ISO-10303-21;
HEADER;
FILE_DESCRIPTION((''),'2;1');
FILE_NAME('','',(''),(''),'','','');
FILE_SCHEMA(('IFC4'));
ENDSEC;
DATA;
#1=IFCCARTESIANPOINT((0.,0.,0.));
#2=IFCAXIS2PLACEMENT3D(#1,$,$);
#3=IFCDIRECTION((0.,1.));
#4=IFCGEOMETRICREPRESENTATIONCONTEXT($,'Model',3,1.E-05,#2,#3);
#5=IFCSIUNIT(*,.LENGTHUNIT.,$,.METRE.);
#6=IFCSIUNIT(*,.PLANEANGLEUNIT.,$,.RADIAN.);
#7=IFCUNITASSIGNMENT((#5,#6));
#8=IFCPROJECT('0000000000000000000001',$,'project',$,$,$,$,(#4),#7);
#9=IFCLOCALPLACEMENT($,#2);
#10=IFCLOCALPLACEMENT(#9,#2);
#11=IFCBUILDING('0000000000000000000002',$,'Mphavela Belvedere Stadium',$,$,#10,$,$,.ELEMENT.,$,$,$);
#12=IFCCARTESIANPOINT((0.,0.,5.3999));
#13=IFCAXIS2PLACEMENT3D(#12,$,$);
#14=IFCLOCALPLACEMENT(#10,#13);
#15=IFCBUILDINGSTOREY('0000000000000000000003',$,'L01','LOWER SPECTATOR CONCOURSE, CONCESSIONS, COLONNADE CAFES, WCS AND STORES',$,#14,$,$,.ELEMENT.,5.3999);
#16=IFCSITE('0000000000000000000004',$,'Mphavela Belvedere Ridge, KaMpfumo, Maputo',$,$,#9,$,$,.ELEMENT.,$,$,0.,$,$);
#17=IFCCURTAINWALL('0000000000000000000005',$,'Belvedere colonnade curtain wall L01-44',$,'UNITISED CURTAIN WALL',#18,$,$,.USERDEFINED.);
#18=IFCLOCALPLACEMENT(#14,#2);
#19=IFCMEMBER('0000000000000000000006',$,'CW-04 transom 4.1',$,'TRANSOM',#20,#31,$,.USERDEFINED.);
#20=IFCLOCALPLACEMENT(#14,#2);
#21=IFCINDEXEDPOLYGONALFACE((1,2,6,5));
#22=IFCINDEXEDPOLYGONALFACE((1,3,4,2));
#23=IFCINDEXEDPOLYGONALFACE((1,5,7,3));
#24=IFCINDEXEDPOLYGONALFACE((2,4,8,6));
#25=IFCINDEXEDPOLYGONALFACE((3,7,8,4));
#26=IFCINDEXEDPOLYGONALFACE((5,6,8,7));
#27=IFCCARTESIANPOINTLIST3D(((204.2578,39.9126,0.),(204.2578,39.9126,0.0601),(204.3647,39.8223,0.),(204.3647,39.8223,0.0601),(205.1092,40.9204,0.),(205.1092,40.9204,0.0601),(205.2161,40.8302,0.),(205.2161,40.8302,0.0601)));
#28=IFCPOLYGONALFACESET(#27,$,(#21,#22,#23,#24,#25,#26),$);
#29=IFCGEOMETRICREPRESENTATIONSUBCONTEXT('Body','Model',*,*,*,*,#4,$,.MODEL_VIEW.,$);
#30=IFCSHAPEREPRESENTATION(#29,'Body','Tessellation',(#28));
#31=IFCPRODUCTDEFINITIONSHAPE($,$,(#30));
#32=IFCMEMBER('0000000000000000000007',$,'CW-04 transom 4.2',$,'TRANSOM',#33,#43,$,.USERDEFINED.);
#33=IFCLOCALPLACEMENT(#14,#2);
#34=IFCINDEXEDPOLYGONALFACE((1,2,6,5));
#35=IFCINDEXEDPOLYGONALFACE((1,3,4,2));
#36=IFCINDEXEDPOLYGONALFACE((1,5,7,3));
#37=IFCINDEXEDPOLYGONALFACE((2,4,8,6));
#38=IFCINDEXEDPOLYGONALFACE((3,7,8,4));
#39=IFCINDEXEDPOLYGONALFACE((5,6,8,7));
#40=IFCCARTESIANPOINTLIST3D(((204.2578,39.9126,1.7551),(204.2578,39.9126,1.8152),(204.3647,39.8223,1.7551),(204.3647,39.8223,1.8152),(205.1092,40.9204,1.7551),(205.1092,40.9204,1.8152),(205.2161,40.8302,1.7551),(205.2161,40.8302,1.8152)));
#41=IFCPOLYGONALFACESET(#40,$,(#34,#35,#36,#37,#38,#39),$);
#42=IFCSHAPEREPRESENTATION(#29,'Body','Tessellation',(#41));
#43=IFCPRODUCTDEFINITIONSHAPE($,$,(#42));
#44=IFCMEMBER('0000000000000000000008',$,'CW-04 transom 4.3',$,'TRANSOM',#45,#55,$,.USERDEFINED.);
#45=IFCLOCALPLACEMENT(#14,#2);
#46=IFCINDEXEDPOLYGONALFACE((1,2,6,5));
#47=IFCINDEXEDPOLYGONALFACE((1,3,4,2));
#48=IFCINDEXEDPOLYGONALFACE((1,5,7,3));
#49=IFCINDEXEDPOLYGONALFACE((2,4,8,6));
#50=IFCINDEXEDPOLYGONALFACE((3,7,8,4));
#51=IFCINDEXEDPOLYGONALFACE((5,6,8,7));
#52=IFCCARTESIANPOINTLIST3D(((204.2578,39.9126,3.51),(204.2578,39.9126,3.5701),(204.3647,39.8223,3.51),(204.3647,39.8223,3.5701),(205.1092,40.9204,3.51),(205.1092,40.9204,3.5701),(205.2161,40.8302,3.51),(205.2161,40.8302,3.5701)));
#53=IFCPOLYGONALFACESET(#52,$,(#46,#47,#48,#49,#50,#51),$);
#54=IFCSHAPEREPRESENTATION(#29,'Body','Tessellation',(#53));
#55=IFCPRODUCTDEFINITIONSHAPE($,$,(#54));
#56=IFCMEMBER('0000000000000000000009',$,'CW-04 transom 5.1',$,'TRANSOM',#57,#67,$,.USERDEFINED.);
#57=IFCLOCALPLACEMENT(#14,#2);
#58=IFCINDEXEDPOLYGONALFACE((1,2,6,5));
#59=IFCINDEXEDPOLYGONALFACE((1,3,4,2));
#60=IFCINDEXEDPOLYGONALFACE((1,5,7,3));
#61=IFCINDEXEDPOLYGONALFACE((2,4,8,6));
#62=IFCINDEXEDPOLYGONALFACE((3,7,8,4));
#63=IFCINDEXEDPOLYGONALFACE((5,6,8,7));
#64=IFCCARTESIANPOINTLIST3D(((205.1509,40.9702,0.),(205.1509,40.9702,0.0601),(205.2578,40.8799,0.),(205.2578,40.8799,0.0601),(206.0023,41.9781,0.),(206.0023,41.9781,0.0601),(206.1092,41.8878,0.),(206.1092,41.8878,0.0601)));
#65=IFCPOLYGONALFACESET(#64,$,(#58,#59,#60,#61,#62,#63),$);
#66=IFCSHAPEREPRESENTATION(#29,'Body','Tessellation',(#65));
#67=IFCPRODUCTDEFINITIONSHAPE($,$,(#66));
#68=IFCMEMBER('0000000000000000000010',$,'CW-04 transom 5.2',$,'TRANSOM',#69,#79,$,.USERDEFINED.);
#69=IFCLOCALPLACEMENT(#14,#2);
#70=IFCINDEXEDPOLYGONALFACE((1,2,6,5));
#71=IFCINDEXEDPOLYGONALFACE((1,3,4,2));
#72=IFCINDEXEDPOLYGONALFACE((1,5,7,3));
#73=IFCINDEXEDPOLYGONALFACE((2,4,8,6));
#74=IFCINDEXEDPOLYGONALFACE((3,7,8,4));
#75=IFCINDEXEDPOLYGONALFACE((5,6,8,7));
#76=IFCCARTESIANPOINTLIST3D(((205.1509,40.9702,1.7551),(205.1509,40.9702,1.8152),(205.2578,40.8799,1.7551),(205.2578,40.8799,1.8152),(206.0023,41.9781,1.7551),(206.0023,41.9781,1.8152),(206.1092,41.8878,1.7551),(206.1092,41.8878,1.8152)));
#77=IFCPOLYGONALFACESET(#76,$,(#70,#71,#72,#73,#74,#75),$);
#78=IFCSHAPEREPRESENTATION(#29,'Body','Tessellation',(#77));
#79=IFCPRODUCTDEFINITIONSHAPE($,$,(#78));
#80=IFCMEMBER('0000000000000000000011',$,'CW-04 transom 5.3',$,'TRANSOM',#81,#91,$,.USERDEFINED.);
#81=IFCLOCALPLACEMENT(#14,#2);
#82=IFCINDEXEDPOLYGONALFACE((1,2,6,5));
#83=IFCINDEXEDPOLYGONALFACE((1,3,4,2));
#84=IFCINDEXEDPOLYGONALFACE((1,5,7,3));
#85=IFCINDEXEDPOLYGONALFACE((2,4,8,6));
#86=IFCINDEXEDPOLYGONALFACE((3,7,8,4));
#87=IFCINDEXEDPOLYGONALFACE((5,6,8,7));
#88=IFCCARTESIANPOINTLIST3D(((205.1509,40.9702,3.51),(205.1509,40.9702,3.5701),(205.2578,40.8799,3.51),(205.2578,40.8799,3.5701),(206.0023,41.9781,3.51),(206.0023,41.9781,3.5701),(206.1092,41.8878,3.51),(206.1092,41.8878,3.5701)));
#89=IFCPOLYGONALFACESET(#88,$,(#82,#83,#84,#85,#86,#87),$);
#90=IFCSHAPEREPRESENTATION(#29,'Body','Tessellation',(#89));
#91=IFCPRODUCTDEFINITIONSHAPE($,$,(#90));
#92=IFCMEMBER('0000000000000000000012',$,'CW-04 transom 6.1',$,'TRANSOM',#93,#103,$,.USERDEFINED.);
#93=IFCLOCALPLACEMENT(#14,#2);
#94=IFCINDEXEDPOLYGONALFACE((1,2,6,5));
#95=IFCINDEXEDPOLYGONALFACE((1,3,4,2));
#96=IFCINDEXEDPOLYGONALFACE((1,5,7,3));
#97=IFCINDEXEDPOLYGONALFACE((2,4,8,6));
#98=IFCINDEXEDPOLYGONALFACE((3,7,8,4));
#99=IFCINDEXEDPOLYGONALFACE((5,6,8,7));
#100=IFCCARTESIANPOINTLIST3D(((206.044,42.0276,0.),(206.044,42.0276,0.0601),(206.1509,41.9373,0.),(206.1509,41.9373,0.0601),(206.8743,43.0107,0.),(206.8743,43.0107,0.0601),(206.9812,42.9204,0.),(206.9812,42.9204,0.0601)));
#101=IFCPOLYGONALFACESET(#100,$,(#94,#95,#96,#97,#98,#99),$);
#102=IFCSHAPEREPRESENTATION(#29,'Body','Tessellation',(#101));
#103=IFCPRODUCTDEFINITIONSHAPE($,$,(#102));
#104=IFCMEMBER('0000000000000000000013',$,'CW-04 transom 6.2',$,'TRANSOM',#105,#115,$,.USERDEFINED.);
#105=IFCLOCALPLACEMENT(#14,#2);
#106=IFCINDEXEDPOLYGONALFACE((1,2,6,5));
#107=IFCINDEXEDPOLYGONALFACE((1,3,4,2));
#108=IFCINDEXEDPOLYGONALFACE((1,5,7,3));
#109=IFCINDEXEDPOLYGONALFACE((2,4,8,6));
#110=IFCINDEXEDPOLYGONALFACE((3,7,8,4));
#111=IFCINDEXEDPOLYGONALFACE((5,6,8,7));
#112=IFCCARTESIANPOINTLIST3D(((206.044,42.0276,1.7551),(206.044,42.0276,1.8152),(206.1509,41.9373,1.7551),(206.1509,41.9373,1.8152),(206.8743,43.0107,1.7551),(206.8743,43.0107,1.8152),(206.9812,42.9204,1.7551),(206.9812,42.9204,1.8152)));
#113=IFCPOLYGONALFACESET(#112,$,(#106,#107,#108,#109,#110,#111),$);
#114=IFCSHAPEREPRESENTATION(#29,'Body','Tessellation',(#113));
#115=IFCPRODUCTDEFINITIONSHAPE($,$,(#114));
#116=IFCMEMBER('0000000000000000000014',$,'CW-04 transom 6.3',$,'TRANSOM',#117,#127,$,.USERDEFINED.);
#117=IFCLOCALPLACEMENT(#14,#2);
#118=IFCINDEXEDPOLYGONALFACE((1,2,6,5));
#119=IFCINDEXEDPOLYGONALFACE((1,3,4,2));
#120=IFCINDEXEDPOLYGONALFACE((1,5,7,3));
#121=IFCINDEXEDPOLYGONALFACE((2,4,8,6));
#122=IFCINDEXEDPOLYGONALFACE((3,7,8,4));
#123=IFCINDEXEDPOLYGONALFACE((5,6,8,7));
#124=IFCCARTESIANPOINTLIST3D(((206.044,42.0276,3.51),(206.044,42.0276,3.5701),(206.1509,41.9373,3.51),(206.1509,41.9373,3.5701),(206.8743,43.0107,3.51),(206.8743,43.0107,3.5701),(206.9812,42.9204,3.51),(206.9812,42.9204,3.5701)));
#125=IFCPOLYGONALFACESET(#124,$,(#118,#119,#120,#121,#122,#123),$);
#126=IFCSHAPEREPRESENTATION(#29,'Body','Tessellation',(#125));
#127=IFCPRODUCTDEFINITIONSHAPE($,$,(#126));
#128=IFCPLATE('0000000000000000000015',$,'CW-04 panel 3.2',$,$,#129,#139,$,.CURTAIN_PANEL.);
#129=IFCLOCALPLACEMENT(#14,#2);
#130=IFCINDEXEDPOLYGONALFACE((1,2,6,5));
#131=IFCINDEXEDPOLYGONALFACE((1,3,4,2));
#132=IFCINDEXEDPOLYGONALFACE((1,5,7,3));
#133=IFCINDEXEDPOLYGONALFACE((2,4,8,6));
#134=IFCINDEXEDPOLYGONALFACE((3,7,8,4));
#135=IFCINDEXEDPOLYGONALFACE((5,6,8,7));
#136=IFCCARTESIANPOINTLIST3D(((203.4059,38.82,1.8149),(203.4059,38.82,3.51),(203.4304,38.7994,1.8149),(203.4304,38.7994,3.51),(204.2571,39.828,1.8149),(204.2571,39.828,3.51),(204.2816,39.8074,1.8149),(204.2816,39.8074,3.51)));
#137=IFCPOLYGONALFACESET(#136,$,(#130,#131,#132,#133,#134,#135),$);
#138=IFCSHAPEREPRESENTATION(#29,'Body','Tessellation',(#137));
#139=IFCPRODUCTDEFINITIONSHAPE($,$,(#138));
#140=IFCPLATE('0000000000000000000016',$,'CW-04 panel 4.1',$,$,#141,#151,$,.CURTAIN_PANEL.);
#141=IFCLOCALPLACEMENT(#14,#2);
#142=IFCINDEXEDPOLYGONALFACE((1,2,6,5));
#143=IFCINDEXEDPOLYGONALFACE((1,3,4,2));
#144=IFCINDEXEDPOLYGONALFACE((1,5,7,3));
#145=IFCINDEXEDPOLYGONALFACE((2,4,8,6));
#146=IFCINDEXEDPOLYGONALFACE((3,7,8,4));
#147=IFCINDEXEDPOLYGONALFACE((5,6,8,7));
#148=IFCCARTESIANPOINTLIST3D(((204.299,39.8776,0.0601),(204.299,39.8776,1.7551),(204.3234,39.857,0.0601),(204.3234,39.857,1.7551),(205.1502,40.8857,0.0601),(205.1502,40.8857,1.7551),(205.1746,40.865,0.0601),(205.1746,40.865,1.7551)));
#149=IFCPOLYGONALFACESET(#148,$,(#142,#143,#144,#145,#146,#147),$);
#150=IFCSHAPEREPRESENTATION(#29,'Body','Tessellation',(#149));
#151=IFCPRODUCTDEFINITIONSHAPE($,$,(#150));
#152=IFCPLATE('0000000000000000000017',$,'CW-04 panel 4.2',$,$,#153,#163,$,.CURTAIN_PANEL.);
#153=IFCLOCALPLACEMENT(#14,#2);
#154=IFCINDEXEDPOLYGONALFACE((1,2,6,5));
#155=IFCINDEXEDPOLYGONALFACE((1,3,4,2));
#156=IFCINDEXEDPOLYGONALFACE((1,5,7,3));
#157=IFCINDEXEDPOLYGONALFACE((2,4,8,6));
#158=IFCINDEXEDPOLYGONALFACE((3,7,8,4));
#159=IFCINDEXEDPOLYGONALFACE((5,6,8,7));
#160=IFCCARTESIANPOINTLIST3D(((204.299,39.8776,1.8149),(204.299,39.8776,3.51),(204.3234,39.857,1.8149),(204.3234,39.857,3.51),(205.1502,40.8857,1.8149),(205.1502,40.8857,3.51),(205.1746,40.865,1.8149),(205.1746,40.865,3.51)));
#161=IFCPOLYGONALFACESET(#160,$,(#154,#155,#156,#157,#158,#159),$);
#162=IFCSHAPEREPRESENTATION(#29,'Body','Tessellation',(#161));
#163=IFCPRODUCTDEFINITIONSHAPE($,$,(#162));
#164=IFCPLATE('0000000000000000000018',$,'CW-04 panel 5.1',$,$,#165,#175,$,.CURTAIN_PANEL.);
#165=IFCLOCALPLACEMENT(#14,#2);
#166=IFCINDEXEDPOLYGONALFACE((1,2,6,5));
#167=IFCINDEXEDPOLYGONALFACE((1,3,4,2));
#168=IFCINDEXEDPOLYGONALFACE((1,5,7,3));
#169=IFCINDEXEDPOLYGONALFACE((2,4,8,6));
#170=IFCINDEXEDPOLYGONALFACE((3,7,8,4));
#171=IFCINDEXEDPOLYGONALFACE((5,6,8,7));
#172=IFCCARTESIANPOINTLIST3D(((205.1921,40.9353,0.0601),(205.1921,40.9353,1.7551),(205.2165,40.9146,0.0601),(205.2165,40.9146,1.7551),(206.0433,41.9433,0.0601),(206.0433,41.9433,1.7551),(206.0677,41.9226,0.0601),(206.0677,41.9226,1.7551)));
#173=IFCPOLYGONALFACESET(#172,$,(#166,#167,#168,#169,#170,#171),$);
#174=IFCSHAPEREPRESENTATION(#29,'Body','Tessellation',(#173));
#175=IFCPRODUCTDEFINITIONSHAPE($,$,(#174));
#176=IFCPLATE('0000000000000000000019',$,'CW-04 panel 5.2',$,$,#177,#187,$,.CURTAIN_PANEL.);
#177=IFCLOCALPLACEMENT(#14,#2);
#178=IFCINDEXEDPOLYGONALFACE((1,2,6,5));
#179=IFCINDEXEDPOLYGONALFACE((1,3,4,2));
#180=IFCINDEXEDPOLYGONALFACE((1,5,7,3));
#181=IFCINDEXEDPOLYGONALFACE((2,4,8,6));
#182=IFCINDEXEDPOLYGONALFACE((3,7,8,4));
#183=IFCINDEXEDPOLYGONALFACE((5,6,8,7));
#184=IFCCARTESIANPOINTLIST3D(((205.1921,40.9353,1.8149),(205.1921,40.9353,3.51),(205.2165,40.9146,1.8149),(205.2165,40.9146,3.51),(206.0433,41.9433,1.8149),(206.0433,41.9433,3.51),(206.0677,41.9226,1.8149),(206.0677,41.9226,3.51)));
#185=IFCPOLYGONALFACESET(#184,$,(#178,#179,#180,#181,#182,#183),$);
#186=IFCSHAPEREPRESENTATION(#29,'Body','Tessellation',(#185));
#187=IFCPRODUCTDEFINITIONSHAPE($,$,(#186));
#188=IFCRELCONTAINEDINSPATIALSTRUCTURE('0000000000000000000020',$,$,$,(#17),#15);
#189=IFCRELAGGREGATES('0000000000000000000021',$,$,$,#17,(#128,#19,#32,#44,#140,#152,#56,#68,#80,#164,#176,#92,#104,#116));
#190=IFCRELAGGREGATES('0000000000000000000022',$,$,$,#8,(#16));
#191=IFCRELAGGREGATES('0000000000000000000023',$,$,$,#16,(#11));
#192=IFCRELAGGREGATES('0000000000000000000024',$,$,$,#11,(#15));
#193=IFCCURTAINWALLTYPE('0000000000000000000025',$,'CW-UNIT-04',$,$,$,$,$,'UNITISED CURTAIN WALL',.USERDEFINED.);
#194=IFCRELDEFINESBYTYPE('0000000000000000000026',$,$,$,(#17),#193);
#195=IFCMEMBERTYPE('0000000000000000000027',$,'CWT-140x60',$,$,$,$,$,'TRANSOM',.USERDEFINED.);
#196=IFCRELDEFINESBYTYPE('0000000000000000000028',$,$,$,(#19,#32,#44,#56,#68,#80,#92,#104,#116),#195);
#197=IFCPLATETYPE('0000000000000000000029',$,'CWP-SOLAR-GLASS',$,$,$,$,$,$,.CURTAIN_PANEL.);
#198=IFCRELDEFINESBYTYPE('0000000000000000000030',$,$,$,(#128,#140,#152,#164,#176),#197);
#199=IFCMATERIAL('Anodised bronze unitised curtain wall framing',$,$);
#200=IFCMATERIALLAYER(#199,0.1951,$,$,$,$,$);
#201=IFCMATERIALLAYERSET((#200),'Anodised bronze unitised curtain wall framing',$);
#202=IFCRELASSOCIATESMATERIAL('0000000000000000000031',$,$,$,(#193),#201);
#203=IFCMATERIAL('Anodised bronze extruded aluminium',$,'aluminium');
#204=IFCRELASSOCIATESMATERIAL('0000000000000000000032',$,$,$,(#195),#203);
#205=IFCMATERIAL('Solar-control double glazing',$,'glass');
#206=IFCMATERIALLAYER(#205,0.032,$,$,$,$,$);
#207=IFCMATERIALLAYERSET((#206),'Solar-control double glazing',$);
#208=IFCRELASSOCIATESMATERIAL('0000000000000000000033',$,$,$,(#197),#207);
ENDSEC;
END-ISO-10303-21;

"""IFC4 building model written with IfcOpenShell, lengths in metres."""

from ifc_helpers import new_model, si_unit, direction, frame, origin, origin_2d, place, context, subcontext, project, spatial, rectangle, extrude, material, layer, layer_set, material_profile, profile_set, type_object, element, aggregate, save


model = new_model("IFC4")

# Units and contexts
model_context = context("Model", 3, precision=1e-05, world=origin(), true_north=direction((0.0, 1.0)))
body_context = subcontext(model_context, "Body", "Model", "MODEL_VIEW")
ifc_project = project(units=[si_unit("LENGTHUNIT", "METRE"), si_unit("PLANEANGLEUNIT", "RADIAN")], contexts=[model_context])

# Site, building, storey
site_placement = place(None, origin())
site = spatial("IfcSite", under=ifc_project, at=site_placement, Name="Mphavela Belvedere Ridge, KaMpfumo, Maputo", CompositionType="ELEMENT", RefElevation=0.0)
building_placement = place(site_placement, origin())
building = spatial("IfcBuilding", under=site, at=building_placement, Name="Mphavela Belvedere Stadium", CompositionType="ELEMENT")
storey_placement = place(building_placement, frame((0.0, 0.0, 5.3999)))
storey = spatial("IfcBuildingStorey", under=building, at=storey_placement, Name="L01", Description="LOWER SPECTATOR CONCOURSE, CONCESSIONS, COLONNADE CAFES, WCS AND STORES", CompositionType="ELEMENT", Elevation=5.3999)

# Curtain wall, members, plates
ifc_material_1 = material(Name="Anodised bronze unitised curtain wall framing")
ifc_layer_1 = layer(ifc_material_1, 0.1951)
ifc_layer_set_1 = layer_set([ifc_layer_1], Name="Anodised bronze unitised curtain wall framing")
curtain_wall_type = type_object("IfcCurtainWallType", Name="CW-UNIT-04", ElementType="UNITISED CURTAIN WALL", PredefinedType="USERDEFINED", material=ifc_layer_set_1)
curtain_wall_placement = place(storey_placement, origin())
curtain_wall = element("IfcCurtainWall", 1, at=curtain_wall_placement, inside=storey, type_object=curtain_wall_type, Name="Belvedere colonnade curtain wall L01-44", ObjectType="UNITISED CURTAIN WALL", PredefinedType="USERDEFINED")
ifc_material_2 = material(Name="Anodised bronze extruded aluminium", Category="aluminium")
ifc_material_profile_1 = material_profile(ifc_material_2, rectangle(XDim=0.1399, YDim=0.0601, at=origin_2d()), Name="CW-TRN 140x60")
ifc_profile_set_1 = profile_set([ifc_material_profile_1], Name="Anodised bronze extruded aluminium")
member_type_1 = type_object("IfcMemberType", Name="CWT-140x60", ElementType="TRANSOM", PredefinedType="USERDEFINED", material=ifc_profile_set_1)
member_1_placement = place(storey_placement, frame((204.3113, 39.8674, 0.03), z_axis=(0.645303, 0.763927, 0.0), x_axis=(-0.763927, 0.645303, 0.0)))
member_1 = element("IfcMember", 2, at=member_1_placement, type_object=member_type_1, Name="CW-04 transom 4.1", ObjectType="TRANSOM", PredefinedType="USERDEFINED", context=body_context, shape_type="SweptSolid", body=[
    extrude(rectangle(XDim=0.1399, YDim=0.0601, at=origin_2d()), origin(), (0.0, 0.0, 1.0), 1.3193),
])
member_2_placement = place(storey_placement, frame((204.3113, 39.8674, 1.7852), z_axis=(0.645303, 0.763927, 0.0), x_axis=(-0.763927, 0.645303, 0.0)))
member_2 = element("IfcMember", 3, at=member_2_placement, type_object=member_type_1, Name="CW-04 transom 4.2", ObjectType="TRANSOM", PredefinedType="USERDEFINED", context=body_context, shape_type="SweptSolid", body=[
    extrude(rectangle(XDim=0.1399, YDim=0.0601, at=origin_2d()), origin(), (0.0, 0.0, 1.0), 1.3193),
])
member_3_placement = place(storey_placement, frame((204.3113, 39.8674, 3.54), z_axis=(0.645303, 0.763927, 0.0), x_axis=(-0.763927, 0.645303, 0.0)))
member_3 = element("IfcMember", 4, at=member_3_placement, type_object=member_type_1, Name="CW-04 transom 4.3", ObjectType="TRANSOM", PredefinedType="USERDEFINED", context=body_context, shape_type="SweptSolid", body=[
    extrude(rectangle(XDim=0.1399, YDim=0.0601, at=origin_2d()), origin(), (0.0, 0.0, 1.0), 1.3193),
])
member_4_placement = place(storey_placement, frame((205.2043, 40.925, 0.03), z_axis=(0.645303, 0.763927, 0.0), x_axis=(-0.763927, 0.645303, 0.0)))
member_4 = element("IfcMember", 5, at=member_4_placement, type_object=member_type_1, Name="CW-04 transom 5.1", ObjectType="TRANSOM", PredefinedType="USERDEFINED", context=body_context, shape_type="SweptSolid", body=[
    extrude(rectangle(XDim=0.1399, YDim=0.0601, at=origin_2d()), origin(), (0.0, 0.0, 1.0), 1.3193),
])
member_5_placement = place(storey_placement, frame((205.2043, 40.925, 1.7852), z_axis=(0.645303, 0.763927, 0.0), x_axis=(-0.763927, 0.645303, 0.0)))
member_5 = element("IfcMember", 6, at=member_5_placement, type_object=member_type_1, Name="CW-04 transom 5.2", ObjectType="TRANSOM", PredefinedType="USERDEFINED", context=body_context, shape_type="SweptSolid", body=[
    extrude(rectangle(XDim=0.1399, YDim=0.0601, at=origin_2d()), origin(), (0.0, 0.0, 1.0), 1.3193),
])
member_6_placement = place(storey_placement, frame((205.2043, 40.925, 3.54), z_axis=(0.645303, 0.763927, 0.0), x_axis=(-0.763927, 0.645303, 0.0)))
member_6 = element("IfcMember", 7, at=member_6_placement, type_object=member_type_1, Name="CW-04 transom 5.3", ObjectType="TRANSOM", PredefinedType="USERDEFINED", context=body_context, shape_type="SweptSolid", body=[
    extrude(rectangle(XDim=0.1399, YDim=0.0601, at=origin_2d()), origin(), (0.0, 0.0, 1.0), 1.3193),
])
member_7_placement = place(storey_placement, frame((206.0974, 41.9824, 0.03), z_axis=(0.645228, 0.76399, 0.0), x_axis=(-0.76399, 0.645228, 0.0)))
member_7 = element("IfcMember", 8, at=member_7_placement, type_object=member_type_1, Name="CW-04 transom 6.1", ObjectType="TRANSOM", PredefinedType="USERDEFINED", context=body_context, shape_type="SweptSolid", body=[
    extrude(rectangle(XDim=0.1399, YDim=0.0601, at=origin_2d()), origin(), (0.0, 0.0, 1.0), 1.2869),
])
member_8_placement = place(storey_placement, frame((206.0974, 41.9824, 1.7852), z_axis=(0.645228, 0.76399, 0.0), x_axis=(-0.76399, 0.645228, 0.0)))
member_8 = element("IfcMember", 9, at=member_8_placement, type_object=member_type_1, Name="CW-04 transom 6.2", ObjectType="TRANSOM", PredefinedType="USERDEFINED", context=body_context, shape_type="SweptSolid", body=[
    extrude(rectangle(XDim=0.1399, YDim=0.0601, at=origin_2d()), origin(), (0.0, 0.0, 1.0), 1.2869),
])
member_9_placement = place(storey_placement, frame((206.0974, 41.9824, 3.54), z_axis=(0.645228, 0.76399, 0.0), x_axis=(-0.76399, 0.645228, 0.0)))
member_9 = element("IfcMember", 10, at=member_9_placement, type_object=member_type_1, Name="CW-04 transom 6.3", ObjectType="TRANSOM", PredefinedType="USERDEFINED", context=body_context, shape_type="SweptSolid", body=[
    extrude(rectangle(XDim=0.1399, YDim=0.0601, at=origin_2d()), origin(), (0.0, 0.0, 1.0), 1.2869),
])
ifc_material_3 = material(Name="Solar-control double glazing", Category="glass")
ifc_layer_2 = layer(ifc_material_3, 0.032)
ifc_layer_set_2 = layer_set([ifc_layer_2], Name="Solar-control double glazing")
plate_type = type_object("IfcPlateType", Name="CWP-SOLAR-GLASS", PredefinedType="CURTAIN_PANEL", material=ifc_layer_set_2)
plate_1_placement = place(storey_placement, frame((203.8438, 39.3137, 1.8149), z_axis=(0.0, 0.0, 1.0), x_axis=(0.645173, 0.764036, 0.0)))
plate_1 = element("IfcPlate", 11, at=plate_1_placement, type_object=plate_type, Name="CW-04 panel 3.2", PredefinedType="CURTAIN_PANEL", context=body_context, shape_type="SweptSolid", body=[
    extrude(rectangle(XDim=1.3193, YDim=0.032, at=origin_2d()), origin(), (0.0, 0.0, 1.0), 1.6951),
])
plate_2_placement = place(storey_placement, frame((204.7368, 40.3713, 0.0601), z_axis=(0.0, 0.0, 1.0), x_axis=(0.645173, 0.764036, 0.0)))
plate_2 = element("IfcPlate", 12, at=plate_2_placement, type_object=plate_type, Name="CW-04 panel 4.1", PredefinedType="CURTAIN_PANEL", context=body_context, shape_type="SweptSolid", body=[
    extrude(rectangle(XDim=1.3193, YDim=0.032, at=origin_2d()), origin(), (0.0, 0.0, 1.0), 1.6951),
])
plate_3_placement = place(storey_placement, frame((204.7368, 40.3713, 1.8149), z_axis=(0.0, 0.0, 1.0), x_axis=(0.645173, 0.764036, 0.0)))
plate_3 = element("IfcPlate", 13, at=plate_3_placement, type_object=plate_type, Name="CW-04 panel 4.2", PredefinedType="CURTAIN_PANEL", context=body_context, shape_type="SweptSolid", body=[
    extrude(rectangle(XDim=1.3193, YDim=0.032, at=origin_2d()), origin(), (0.0, 0.0, 1.0), 1.6951),
])
plate_4_placement = place(storey_placement, frame((205.6299, 41.429, 0.0601), z_axis=(0.0, 0.0, 1.0), x_axis=(0.645173, 0.764036, 0.0)))
plate_4 = element("IfcPlate", 14, at=plate_4_placement, type_object=plate_type, Name="CW-04 panel 5.1", PredefinedType="CURTAIN_PANEL", context=body_context, shape_type="SweptSolid", body=[
    extrude(rectangle(XDim=1.3193, YDim=0.032, at=origin_2d()), origin(), (0.0, 0.0, 1.0), 1.6951),
])
plate_5_placement = place(storey_placement, frame((205.6299, 41.429, 1.8149), z_axis=(0.0, 0.0, 1.0), x_axis=(0.645173, 0.764036, 0.0)))
plate_5 = element("IfcPlate", 15, at=plate_5_placement, type_object=plate_type, Name="CW-04 panel 5.2", PredefinedType="CURTAIN_PANEL", context=body_context, shape_type="SweptSolid", body=[
    extrude(rectangle(XDim=1.3193, YDim=0.032, at=origin_2d()), origin(), (0.0, 0.0, 1.0), 1.6951),
])
aggregate(curtain_wall, [plate_1, member_1, member_2, member_3, plate_2, plate_3, member_4, member_5, member_6, plate_4, plate_5, member_7, member_8, member_9])

save(model, "model.ifc")
